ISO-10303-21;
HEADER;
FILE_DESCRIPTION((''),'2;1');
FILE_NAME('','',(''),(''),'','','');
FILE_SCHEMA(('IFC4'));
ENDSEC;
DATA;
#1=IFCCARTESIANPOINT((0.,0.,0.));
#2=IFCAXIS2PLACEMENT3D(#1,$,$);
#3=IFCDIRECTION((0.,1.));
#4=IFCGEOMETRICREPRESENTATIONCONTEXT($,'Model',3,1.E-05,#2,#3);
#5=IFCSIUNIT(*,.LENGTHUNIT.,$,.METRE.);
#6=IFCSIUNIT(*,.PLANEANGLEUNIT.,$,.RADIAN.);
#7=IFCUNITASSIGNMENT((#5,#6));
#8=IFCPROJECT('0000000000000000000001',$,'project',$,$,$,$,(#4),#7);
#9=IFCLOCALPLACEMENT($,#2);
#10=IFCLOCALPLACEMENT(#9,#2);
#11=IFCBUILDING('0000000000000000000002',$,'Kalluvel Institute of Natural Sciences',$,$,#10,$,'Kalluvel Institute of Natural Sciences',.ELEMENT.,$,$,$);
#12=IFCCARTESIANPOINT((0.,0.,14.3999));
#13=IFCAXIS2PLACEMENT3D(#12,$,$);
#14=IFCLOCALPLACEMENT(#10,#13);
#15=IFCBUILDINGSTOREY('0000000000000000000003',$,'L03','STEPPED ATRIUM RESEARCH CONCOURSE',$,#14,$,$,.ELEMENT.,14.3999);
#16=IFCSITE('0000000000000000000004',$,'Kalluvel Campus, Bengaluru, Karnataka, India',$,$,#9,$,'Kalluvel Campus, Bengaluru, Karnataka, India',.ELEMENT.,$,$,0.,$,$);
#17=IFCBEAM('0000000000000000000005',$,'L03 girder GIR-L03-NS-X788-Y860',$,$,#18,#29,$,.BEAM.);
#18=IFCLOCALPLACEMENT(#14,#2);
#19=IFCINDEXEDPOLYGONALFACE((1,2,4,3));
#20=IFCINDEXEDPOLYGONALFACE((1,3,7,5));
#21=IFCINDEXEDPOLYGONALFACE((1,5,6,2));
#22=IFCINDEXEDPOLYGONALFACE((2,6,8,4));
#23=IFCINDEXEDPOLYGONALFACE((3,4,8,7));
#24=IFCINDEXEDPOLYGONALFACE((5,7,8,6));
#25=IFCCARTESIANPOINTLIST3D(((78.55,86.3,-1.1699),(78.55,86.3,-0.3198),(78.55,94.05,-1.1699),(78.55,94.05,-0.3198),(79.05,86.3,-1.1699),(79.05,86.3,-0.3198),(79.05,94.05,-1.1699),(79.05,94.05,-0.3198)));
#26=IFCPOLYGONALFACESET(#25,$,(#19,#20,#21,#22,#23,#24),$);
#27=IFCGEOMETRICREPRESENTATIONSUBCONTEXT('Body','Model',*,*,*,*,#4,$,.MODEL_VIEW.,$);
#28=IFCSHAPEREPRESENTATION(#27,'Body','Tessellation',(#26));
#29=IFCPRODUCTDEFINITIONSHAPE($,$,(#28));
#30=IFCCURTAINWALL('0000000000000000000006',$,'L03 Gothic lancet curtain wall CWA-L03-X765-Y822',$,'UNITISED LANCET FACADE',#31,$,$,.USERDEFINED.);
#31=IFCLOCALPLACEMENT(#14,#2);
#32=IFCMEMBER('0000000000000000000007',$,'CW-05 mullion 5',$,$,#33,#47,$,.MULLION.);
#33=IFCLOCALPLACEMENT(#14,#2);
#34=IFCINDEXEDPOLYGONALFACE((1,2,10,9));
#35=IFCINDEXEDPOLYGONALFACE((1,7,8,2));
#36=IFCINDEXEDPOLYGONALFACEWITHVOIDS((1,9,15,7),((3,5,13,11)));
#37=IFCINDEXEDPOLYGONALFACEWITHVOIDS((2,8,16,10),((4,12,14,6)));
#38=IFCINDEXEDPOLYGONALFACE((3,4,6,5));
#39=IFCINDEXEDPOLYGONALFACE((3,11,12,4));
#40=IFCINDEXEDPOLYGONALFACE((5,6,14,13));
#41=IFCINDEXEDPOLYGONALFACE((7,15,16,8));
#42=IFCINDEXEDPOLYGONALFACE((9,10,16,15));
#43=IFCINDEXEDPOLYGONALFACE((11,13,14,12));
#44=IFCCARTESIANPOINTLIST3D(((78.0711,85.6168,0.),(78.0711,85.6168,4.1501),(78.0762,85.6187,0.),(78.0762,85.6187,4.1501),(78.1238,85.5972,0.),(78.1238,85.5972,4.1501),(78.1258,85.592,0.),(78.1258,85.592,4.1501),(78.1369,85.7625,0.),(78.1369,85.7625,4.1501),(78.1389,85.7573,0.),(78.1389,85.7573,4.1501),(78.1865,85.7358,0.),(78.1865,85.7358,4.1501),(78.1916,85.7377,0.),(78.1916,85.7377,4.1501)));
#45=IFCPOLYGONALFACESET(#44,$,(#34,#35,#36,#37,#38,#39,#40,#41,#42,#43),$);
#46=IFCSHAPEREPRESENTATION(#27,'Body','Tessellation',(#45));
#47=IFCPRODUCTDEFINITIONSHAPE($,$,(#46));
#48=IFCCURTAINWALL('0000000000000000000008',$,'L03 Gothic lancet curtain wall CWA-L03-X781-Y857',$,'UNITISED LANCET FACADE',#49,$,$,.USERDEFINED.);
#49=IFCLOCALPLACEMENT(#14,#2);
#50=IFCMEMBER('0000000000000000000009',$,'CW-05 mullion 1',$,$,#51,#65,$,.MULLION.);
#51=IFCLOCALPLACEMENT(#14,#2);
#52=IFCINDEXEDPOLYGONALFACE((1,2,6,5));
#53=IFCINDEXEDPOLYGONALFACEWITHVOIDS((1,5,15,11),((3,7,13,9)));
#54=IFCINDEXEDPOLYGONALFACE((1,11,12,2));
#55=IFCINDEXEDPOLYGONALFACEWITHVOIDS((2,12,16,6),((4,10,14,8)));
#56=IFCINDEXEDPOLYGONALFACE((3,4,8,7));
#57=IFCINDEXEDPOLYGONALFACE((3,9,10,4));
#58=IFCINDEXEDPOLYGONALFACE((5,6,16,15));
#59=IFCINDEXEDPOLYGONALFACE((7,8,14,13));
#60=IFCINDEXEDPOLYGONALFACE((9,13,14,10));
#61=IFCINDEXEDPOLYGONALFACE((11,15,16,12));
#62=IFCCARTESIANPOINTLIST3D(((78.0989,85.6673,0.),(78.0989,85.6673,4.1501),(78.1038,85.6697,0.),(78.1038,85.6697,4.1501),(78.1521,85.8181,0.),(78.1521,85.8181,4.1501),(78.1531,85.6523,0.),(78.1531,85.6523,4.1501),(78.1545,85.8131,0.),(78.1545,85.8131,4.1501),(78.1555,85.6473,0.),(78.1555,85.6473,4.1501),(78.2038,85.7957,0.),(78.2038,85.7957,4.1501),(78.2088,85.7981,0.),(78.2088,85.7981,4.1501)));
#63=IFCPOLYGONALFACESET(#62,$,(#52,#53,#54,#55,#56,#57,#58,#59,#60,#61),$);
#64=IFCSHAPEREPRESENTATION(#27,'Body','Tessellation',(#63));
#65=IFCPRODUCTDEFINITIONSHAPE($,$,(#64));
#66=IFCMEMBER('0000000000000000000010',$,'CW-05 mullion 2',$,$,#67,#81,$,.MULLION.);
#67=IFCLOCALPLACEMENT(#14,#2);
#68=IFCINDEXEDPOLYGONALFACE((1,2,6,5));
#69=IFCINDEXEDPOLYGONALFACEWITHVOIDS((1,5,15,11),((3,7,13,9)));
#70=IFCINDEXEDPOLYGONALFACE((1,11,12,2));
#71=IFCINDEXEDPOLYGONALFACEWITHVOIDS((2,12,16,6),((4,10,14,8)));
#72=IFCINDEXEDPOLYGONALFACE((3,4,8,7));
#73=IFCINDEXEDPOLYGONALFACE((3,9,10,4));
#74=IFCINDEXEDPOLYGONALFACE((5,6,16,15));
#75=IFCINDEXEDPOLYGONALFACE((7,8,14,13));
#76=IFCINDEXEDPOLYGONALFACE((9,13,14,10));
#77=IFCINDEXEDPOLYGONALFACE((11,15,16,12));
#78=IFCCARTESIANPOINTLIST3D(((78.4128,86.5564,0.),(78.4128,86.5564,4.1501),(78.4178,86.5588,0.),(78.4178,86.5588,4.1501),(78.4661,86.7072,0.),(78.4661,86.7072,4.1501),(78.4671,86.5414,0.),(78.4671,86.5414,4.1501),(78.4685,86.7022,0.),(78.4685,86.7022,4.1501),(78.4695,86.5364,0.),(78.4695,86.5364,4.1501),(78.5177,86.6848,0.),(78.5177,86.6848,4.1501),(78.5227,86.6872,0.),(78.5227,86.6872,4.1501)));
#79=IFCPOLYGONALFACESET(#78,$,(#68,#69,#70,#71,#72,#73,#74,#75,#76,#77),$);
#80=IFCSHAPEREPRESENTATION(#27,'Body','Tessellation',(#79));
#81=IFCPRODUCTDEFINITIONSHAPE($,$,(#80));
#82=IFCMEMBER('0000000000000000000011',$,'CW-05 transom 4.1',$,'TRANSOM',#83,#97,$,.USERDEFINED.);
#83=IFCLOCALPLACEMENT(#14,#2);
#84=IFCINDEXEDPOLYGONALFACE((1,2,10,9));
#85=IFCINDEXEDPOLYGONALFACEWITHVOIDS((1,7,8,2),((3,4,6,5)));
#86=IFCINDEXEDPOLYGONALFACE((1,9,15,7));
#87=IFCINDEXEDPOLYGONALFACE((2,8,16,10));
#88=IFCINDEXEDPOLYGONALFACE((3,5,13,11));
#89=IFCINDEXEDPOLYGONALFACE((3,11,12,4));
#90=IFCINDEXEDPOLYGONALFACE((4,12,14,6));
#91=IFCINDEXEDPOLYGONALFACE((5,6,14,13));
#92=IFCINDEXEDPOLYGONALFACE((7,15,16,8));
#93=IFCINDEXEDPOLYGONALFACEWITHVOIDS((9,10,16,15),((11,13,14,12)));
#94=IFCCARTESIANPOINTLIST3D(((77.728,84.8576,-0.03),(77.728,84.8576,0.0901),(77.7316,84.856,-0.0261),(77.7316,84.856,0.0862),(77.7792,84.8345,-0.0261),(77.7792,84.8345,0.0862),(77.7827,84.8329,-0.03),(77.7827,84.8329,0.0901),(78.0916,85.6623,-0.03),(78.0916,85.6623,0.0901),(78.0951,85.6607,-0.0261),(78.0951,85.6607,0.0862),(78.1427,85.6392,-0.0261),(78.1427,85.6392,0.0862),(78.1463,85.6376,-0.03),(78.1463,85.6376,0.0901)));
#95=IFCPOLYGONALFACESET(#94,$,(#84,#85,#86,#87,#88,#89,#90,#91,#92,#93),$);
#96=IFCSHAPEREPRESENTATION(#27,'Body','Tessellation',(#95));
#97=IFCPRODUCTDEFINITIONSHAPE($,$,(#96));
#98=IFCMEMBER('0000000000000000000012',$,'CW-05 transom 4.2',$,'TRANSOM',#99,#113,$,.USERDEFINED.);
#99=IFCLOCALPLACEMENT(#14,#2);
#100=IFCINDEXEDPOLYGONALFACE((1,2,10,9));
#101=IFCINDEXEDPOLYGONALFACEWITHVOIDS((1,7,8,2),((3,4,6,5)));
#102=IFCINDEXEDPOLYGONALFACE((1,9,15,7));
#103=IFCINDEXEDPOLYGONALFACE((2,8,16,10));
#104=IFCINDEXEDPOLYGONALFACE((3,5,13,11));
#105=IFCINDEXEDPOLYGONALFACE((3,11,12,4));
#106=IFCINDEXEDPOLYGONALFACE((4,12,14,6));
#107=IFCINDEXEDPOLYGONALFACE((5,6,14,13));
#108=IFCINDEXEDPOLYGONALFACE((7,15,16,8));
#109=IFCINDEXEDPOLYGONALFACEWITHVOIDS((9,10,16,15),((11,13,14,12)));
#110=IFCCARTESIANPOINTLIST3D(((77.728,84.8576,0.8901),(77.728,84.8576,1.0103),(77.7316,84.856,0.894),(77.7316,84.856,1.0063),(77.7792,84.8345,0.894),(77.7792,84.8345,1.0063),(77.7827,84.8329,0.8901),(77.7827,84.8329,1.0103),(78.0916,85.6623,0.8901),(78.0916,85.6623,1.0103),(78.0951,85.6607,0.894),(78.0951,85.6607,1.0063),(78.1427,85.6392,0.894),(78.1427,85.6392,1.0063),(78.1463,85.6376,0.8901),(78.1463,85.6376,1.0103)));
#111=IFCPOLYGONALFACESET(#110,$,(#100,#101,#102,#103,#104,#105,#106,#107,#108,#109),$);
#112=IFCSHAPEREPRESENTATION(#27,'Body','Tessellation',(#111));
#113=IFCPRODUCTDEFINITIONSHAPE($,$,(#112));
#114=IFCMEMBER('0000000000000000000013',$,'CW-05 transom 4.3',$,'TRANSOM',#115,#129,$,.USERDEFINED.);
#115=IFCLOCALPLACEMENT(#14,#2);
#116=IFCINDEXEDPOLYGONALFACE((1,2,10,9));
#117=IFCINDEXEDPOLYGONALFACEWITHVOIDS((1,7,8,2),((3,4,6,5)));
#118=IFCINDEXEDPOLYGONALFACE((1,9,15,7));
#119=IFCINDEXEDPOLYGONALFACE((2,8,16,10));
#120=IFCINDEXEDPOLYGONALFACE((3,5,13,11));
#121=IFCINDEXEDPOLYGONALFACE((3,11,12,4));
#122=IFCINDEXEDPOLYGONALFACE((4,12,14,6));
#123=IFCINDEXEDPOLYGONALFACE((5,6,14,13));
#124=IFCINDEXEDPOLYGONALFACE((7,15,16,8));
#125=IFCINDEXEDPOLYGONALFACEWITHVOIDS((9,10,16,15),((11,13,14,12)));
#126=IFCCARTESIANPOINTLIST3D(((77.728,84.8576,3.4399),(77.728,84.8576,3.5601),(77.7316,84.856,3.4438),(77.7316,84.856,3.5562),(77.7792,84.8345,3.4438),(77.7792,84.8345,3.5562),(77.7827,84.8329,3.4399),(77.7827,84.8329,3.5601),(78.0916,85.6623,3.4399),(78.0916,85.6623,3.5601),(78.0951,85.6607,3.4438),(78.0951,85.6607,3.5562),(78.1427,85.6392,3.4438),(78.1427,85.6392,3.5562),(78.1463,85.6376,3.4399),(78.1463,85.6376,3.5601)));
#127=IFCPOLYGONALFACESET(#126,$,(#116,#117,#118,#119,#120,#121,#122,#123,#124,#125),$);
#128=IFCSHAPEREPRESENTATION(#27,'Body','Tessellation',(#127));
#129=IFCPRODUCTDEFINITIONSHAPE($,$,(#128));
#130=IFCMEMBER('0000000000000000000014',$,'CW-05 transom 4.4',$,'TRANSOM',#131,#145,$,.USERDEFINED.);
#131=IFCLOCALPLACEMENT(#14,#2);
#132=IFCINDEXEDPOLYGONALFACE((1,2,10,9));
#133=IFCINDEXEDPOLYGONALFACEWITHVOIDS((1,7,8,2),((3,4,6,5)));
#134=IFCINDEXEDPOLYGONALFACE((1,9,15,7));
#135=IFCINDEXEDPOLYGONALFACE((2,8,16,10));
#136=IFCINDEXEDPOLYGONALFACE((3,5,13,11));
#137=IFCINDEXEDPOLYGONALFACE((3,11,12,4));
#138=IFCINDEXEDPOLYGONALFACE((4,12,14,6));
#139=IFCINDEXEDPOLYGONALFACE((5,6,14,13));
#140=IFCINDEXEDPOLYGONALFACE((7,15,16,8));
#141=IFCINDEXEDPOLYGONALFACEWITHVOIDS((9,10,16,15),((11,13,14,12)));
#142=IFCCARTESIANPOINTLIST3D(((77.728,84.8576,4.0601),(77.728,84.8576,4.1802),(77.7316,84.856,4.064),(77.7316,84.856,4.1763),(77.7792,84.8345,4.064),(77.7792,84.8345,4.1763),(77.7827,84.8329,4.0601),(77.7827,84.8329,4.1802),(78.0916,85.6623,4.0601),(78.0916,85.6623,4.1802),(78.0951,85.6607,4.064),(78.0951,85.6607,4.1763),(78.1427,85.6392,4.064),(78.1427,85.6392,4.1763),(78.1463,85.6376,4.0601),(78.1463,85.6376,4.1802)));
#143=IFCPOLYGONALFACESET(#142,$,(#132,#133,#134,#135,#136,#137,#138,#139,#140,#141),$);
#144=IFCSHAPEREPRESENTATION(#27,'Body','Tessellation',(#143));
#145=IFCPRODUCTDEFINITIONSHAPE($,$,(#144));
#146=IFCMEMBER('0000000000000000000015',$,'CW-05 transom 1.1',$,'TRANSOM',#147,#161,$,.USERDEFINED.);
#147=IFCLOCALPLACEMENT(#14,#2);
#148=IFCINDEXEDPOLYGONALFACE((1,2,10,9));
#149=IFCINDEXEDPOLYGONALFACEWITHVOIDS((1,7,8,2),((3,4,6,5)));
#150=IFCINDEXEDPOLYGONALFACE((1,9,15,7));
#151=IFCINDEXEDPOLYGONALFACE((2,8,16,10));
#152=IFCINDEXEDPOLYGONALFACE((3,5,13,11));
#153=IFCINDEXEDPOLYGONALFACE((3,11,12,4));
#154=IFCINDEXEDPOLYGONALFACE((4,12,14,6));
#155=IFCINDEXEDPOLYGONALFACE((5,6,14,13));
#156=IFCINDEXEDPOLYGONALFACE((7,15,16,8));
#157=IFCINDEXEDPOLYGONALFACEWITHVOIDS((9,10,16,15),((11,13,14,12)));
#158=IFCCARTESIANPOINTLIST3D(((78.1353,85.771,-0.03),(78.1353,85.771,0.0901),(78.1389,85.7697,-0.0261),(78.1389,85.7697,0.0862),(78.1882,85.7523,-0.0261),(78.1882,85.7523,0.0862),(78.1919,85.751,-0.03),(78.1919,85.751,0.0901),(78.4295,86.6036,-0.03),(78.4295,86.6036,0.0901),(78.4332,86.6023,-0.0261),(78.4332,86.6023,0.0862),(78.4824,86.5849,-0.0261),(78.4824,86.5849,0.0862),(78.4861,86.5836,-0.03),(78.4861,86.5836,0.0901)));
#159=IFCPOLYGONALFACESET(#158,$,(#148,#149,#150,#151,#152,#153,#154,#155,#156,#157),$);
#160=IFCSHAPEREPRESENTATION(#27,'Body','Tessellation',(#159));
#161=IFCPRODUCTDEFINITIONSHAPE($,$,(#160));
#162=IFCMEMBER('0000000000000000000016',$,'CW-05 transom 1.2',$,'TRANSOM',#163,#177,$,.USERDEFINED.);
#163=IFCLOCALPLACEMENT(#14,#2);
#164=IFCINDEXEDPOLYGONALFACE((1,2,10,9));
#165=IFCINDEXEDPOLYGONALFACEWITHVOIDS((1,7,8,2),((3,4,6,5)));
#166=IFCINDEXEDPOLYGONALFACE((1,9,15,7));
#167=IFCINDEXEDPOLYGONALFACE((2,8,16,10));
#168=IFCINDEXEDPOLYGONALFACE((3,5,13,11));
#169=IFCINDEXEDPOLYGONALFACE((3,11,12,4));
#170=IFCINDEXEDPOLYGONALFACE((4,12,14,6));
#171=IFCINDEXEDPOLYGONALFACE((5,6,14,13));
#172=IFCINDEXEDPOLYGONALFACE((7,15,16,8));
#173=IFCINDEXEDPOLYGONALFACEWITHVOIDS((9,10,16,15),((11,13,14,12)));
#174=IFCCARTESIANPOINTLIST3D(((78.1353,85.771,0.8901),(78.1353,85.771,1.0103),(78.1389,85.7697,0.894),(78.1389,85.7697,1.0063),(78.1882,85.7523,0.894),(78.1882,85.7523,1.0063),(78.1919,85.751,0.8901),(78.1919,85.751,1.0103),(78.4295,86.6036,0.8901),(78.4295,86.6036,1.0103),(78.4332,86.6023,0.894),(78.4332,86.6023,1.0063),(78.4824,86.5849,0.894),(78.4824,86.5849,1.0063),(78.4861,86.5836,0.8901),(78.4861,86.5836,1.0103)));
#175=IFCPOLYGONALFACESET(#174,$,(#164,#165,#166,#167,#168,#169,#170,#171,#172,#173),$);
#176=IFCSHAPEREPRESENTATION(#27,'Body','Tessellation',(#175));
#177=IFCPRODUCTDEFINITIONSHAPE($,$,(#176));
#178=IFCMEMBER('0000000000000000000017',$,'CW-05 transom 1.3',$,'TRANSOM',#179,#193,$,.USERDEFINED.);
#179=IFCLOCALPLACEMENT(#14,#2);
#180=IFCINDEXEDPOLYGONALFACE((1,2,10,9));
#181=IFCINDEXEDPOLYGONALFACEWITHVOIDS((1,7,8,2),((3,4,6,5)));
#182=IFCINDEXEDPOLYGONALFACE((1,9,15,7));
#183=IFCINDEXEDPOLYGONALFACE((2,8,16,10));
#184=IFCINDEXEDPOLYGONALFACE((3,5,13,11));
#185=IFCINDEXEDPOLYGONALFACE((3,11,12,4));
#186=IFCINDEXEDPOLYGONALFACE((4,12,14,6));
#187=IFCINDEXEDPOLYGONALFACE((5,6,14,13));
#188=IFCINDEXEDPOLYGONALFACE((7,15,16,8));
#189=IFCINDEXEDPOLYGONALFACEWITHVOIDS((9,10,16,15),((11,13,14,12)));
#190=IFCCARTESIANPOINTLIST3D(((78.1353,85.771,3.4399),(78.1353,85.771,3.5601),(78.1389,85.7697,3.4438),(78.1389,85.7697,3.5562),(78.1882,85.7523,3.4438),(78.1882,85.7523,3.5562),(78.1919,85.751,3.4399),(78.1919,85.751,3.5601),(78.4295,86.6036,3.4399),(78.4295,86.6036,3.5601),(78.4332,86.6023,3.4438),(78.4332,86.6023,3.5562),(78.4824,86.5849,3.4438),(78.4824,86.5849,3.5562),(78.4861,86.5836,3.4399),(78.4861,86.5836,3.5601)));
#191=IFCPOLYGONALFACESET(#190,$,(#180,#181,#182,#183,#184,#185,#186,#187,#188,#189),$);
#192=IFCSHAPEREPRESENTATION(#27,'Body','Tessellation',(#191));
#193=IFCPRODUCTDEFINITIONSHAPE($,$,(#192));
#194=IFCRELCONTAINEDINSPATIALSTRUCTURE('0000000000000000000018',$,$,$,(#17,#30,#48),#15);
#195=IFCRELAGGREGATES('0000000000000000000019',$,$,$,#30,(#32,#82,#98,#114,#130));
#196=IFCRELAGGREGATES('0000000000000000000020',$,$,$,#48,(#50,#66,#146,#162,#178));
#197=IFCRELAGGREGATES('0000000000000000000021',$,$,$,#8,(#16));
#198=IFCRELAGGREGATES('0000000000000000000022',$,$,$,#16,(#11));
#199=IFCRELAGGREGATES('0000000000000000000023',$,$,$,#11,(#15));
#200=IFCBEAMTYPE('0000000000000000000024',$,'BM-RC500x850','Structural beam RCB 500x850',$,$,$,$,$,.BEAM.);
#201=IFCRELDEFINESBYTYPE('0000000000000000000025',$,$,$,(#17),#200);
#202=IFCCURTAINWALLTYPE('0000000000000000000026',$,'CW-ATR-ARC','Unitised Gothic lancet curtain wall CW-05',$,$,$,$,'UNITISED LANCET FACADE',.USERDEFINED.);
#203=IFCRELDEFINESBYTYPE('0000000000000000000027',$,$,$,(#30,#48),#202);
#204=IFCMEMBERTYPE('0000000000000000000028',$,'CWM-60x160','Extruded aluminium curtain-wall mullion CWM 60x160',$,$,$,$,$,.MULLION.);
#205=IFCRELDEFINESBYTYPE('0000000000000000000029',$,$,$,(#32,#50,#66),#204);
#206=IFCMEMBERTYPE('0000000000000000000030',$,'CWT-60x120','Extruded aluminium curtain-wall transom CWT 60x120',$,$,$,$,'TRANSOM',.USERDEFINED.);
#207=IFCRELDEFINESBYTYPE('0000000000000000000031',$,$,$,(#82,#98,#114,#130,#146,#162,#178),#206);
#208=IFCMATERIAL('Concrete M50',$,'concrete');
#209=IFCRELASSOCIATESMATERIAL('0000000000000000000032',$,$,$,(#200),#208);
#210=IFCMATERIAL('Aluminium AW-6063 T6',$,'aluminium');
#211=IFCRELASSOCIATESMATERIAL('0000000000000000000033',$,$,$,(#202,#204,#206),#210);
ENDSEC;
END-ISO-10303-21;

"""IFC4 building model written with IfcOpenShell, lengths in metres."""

from ifc_helpers import new_model, si_unit, direction, frame, origin, origin_2d, place, context, subcontext, project, spatial, rectangle, hollow_rectangle, extrude, material, material_profile, profile_set, type_object, element, aggregate, save


model = new_model("IFC4")

# Units and contexts
model_context = context("Model", 3, precision=1e-05, world=origin(), true_north=direction((0.0, 1.0)))
body_context = subcontext(model_context, "Body", "Model", "MODEL_VIEW")
ifc_project = project(units=[si_unit("LENGTHUNIT", "METRE"), si_unit("PLANEANGLEUNIT", "RADIAN")], contexts=[model_context])

# Site, building, storey
site_placement = place(None, origin())
site = spatial("IfcSite", under=ifc_project, at=site_placement, Name="Kalluvel Campus, Bengaluru, Karnataka, India", LongName="Kalluvel Campus, Bengaluru, Karnataka, India", CompositionType="ELEMENT", RefElevation=0.0)
building_placement = place(site_placement, origin())
building = spatial("IfcBuilding", under=site, at=building_placement, Name="Kalluvel Institute of Natural Sciences", LongName="Kalluvel Institute of Natural Sciences", CompositionType="ELEMENT")
storey_placement = place(building_placement, frame((0.0, 0.0, 14.3999)))
storey = spatial("IfcBuildingStorey", under=building, at=storey_placement, Name="L03", Description="STEPPED ATRIUM RESEARCH CONCOURSE", CompositionType="ELEMENT", Elevation=14.3999)

# Beam
ifc_material_1 = material(Name="Concrete M50", Category="concrete")
ifc_material_profile_1 = material_profile(ifc_material_1, rectangle(XDim=0.5, YDim=0.8501, at=origin_2d()), Name="RCB 500x850")
ifc_profile_set_1 = profile_set([ifc_material_profile_1], Name="Concrete M50")
beam_type = type_object("IfcBeamType", Name="BM-RC500x850", Description="Structural beam RCB 500x850", PredefinedType="BEAM", material=ifc_profile_set_1)
beam_placement = place(storey_placement, frame((78.8, 86.3, -0.7449), z_axis=(0.0, 1.0, 0.0), x_axis=(-1.0, 0.0, 0.0)))
element("IfcBeam", 1, at=beam_placement, inside=storey, type_object=beam_type, Name="L03 girder GIR-L03-NS-X788-Y860", PredefinedType="BEAM", context=body_context, shape_type="SweptSolid", body=[
    extrude(rectangle(XDim=0.5, YDim=0.8501, at=origin_2d()), origin(), (0.0, 0.0, 1.0), 7.75),
])

# Curtain wall, member
ifc_material_2 = material(Name="Aluminium AW-6063 T6", Category="aluminium")
curtain_wall_type = type_object("IfcCurtainWallType", Name="CW-ATR-ARC", Description="Unitised Gothic lancet curtain wall CW-05", ElementType="UNITISED LANCET FACADE", PredefinedType="USERDEFINED", material=ifc_material_2)
curtain_wall_1_placement = place(storey_placement, origin())
curtain_wall_1 = element("IfcCurtainWall", 2, at=curtain_wall_1_placement, inside=storey, type_object=curtain_wall_type, Name="L03 Gothic lancet curtain wall CWA-L03-X765-Y822", ObjectType="UNITISED LANCET FACADE", PredefinedType="USERDEFINED")
ifc_material_profile_2 = material_profile(ifc_material_2, hollow_rectangle(XDim=0.0601, YDim=0.1599, WallThickness=0.0039, at=origin_2d()), Name="CWM 60x160")
ifc_profile_set_2 = profile_set([ifc_material_profile_2], Name="Aluminium AW-6063 T6")
member_type_1 = type_object("IfcMemberType", Name="CWM-60x160", Description="Extruded aluminium curtain-wall mullion CWM 60x160", PredefinedType="MULLION", material=ifc_profile_set_2)
member_1_placement = place(storey_placement, frame((78.1313, 85.6772, 0.0), z_axis=(0.0, 0.0, 1.0), x_axis=(-0.911231, 0.411895, 0.0)))
member_1 = element("IfcMember", 3, at=member_1_placement, type_object=member_type_1, Name="CW-05 mullion 5", PredefinedType="MULLION", context=body_context, shape_type="SweptSolid", body=[
    extrude(hollow_rectangle(XDim=0.0601, YDim=0.1599, WallThickness=0.0039, at=origin_2d()), origin(), (0.0, 0.0, 1.0), 4.1501),
])

# Curtain wall, members
curtain_wall_2_placement = place(storey_placement, origin())
curtain_wall_2 = element("IfcCurtainWall", 4, at=curtain_wall_2_placement, inside=storey, type_object=curtain_wall_type, Name="L03 Gothic lancet curtain wall CWA-L03-X781-Y857", ObjectType="UNITISED LANCET FACADE", PredefinedType="USERDEFINED")
member_2_placement = place(storey_placement, frame((78.1538, 85.7327, 0.0), z_axis=(0.0, 0.0, 1.0), x_axis=(-0.942882, 0.333128, 0.0)))
member_2 = element("IfcMember", 5, at=member_2_placement, type_object=member_type_1, Name="CW-05 mullion 1", PredefinedType="MULLION", context=body_context, shape_type="SweptSolid", body=[
    extrude(hollow_rectangle(XDim=0.0601, YDim=0.1599, WallThickness=0.0039, at=origin_2d()), origin(), (0.0, 0.0, 1.0), 4.1501),
])
member_3_placement = place(storey_placement, frame((78.4678, 86.6218, 0.0), z_axis=(0.0, 0.0, 1.0), x_axis=(-0.942882, 0.333128, 0.0)))
member_3 = element("IfcMember", 6, at=member_3_placement, type_object=member_type_1, Name="CW-05 mullion 2", PredefinedType="MULLION", context=body_context, shape_type="SweptSolid", body=[
    extrude(hollow_rectangle(XDim=0.0601, YDim=0.1599, WallThickness=0.0039, at=origin_2d()), origin(), (0.0, 0.0, 1.0), 4.1501),
])

# Members
ifc_material_profile_3 = material_profile(ifc_material_2, hollow_rectangle(XDim=0.0601, YDim=0.1201, WallThickness=0.0039, at=origin_2d()), Name="CWT 60x120")
ifc_profile_set_3 = profile_set([ifc_material_profile_3], Name="Aluminium AW-6063 T6")
member_type_2 = type_object("IfcMemberType", Name="CWT-60x120", Description="Extruded aluminium curtain-wall transom CWT 60x120", ElementType="TRANSOM", PredefinedType="USERDEFINED", material=ifc_profile_set_3)
member_4_placement = place(storey_placement, frame((77.7554, 84.8452, 0.03), z_axis=(0.411698, 0.91132, 0.0), x_axis=(-0.91132, 0.411698, 0.0)))
member_4 = element("IfcMember", 7, at=member_4_placement, type_object=member_type_2, Name="CW-05 transom 4.1", ObjectType="TRANSOM", PredefinedType="USERDEFINED", context=body_context, shape_type="SweptSolid", body=[
    extrude(hollow_rectangle(XDim=0.0601, YDim=0.1201, WallThickness=0.0039, at=origin_2d()), origin(), (0.0, 0.0, 1.0), 0.8831),
])
member_5_placement = place(storey_placement, frame((77.7554, 84.8452, 0.9502), z_axis=(0.411698, 0.91132, 0.0), x_axis=(-0.91132, 0.411698, 0.0)))
member_5 = element("IfcMember", 8, at=member_5_placement, type_object=member_type_2, Name="CW-05 transom 4.2", ObjectType="TRANSOM", PredefinedType="USERDEFINED", context=body_context, shape_type="SweptSolid", body=[
    extrude(hollow_rectangle(XDim=0.0601, YDim=0.1201, WallThickness=0.0039, at=origin_2d()), origin(), (0.0, 0.0, 1.0), 0.8831),
])
member_6_placement = place(storey_placement, frame((77.7554, 84.8452, 3.5), z_axis=(0.411698, 0.91132, 0.0), x_axis=(-0.91132, 0.411698, 0.0)))
member_6 = element("IfcMember", 9, at=member_6_placement, type_object=member_type_2, Name="CW-05 transom 4.3", ObjectType="TRANSOM", PredefinedType="USERDEFINED", context=body_context, shape_type="SweptSolid", body=[
    extrude(hollow_rectangle(XDim=0.0601, YDim=0.1201, WallThickness=0.0039, at=origin_2d()), origin(), (0.0, 0.0, 1.0), 0.8831),
])
member_7_placement = place(storey_placement, frame((77.7554, 84.8452, 4.1201), z_axis=(0.411698, 0.91132, 0.0), x_axis=(-0.91132, 0.411698, 0.0)))
member_7 = element("IfcMember", 10, at=member_7_placement, type_object=member_type_2, Name="CW-05 transom 4.4", ObjectType="TRANSOM", PredefinedType="USERDEFINED", context=body_context, shape_type="SweptSolid", body=[
    extrude(hollow_rectangle(XDim=0.0601, YDim=0.1201, WallThickness=0.0039, at=origin_2d()), origin(), (0.0, 0.0, 1.0), 0.8831),
])
member_8_placement = place(storey_placement, frame((78.1636, 85.761, 0.03), z_axis=(0.333182, 0.942863, 0.0), x_axis=(-0.942863, 0.333182, 0.0)))
member_8 = element("IfcMember", 11, at=member_8_placement, type_object=member_type_2, Name="CW-05 transom 1.1", ObjectType="TRANSOM", PredefinedType="USERDEFINED", context=body_context, shape_type="SweptSolid", body=[
    extrude(hollow_rectangle(XDim=0.0601, YDim=0.1201, WallThickness=0.0039, at=origin_2d()), origin(), (0.0, 0.0, 1.0), 0.8831),
])
member_9_placement = place(storey_placement, frame((78.1636, 85.761, 0.9502), z_axis=(0.333182, 0.942863, 0.0), x_axis=(-0.942863, 0.333182, 0.0)))
member_9 = element("IfcMember", 12, at=member_9_placement, type_object=member_type_2, Name="CW-05 transom 1.2", ObjectType="TRANSOM", PredefinedType="USERDEFINED", context=body_context, shape_type="SweptSolid", body=[
    extrude(hollow_rectangle(XDim=0.0601, YDim=0.1201, WallThickness=0.0039, at=origin_2d()), origin(), (0.0, 0.0, 1.0), 0.8831),
])
member_10_placement = place(storey_placement, frame((78.1636, 85.761, 3.5), z_axis=(0.333182, 0.942863, 0.0), x_axis=(-0.942863, 0.333182, 0.0)))
member_10 = element("IfcMember", 13, at=member_10_placement, type_object=member_type_2, Name="CW-05 transom 1.3", ObjectType="TRANSOM", PredefinedType="USERDEFINED", context=body_context, shape_type="SweptSolid", body=[
    extrude(hollow_rectangle(XDim=0.0601, YDim=0.1201, WallThickness=0.0039, at=origin_2d()), origin(), (0.0, 0.0, 1.0), 0.8831),
])

aggregate(curtain_wall_1, [member_1, member_4, member_5, member_6, member_7])
aggregate(curtain_wall_2, [member_2, member_3, member_8, member_9, member_10])

save(model, "model.ifc")
